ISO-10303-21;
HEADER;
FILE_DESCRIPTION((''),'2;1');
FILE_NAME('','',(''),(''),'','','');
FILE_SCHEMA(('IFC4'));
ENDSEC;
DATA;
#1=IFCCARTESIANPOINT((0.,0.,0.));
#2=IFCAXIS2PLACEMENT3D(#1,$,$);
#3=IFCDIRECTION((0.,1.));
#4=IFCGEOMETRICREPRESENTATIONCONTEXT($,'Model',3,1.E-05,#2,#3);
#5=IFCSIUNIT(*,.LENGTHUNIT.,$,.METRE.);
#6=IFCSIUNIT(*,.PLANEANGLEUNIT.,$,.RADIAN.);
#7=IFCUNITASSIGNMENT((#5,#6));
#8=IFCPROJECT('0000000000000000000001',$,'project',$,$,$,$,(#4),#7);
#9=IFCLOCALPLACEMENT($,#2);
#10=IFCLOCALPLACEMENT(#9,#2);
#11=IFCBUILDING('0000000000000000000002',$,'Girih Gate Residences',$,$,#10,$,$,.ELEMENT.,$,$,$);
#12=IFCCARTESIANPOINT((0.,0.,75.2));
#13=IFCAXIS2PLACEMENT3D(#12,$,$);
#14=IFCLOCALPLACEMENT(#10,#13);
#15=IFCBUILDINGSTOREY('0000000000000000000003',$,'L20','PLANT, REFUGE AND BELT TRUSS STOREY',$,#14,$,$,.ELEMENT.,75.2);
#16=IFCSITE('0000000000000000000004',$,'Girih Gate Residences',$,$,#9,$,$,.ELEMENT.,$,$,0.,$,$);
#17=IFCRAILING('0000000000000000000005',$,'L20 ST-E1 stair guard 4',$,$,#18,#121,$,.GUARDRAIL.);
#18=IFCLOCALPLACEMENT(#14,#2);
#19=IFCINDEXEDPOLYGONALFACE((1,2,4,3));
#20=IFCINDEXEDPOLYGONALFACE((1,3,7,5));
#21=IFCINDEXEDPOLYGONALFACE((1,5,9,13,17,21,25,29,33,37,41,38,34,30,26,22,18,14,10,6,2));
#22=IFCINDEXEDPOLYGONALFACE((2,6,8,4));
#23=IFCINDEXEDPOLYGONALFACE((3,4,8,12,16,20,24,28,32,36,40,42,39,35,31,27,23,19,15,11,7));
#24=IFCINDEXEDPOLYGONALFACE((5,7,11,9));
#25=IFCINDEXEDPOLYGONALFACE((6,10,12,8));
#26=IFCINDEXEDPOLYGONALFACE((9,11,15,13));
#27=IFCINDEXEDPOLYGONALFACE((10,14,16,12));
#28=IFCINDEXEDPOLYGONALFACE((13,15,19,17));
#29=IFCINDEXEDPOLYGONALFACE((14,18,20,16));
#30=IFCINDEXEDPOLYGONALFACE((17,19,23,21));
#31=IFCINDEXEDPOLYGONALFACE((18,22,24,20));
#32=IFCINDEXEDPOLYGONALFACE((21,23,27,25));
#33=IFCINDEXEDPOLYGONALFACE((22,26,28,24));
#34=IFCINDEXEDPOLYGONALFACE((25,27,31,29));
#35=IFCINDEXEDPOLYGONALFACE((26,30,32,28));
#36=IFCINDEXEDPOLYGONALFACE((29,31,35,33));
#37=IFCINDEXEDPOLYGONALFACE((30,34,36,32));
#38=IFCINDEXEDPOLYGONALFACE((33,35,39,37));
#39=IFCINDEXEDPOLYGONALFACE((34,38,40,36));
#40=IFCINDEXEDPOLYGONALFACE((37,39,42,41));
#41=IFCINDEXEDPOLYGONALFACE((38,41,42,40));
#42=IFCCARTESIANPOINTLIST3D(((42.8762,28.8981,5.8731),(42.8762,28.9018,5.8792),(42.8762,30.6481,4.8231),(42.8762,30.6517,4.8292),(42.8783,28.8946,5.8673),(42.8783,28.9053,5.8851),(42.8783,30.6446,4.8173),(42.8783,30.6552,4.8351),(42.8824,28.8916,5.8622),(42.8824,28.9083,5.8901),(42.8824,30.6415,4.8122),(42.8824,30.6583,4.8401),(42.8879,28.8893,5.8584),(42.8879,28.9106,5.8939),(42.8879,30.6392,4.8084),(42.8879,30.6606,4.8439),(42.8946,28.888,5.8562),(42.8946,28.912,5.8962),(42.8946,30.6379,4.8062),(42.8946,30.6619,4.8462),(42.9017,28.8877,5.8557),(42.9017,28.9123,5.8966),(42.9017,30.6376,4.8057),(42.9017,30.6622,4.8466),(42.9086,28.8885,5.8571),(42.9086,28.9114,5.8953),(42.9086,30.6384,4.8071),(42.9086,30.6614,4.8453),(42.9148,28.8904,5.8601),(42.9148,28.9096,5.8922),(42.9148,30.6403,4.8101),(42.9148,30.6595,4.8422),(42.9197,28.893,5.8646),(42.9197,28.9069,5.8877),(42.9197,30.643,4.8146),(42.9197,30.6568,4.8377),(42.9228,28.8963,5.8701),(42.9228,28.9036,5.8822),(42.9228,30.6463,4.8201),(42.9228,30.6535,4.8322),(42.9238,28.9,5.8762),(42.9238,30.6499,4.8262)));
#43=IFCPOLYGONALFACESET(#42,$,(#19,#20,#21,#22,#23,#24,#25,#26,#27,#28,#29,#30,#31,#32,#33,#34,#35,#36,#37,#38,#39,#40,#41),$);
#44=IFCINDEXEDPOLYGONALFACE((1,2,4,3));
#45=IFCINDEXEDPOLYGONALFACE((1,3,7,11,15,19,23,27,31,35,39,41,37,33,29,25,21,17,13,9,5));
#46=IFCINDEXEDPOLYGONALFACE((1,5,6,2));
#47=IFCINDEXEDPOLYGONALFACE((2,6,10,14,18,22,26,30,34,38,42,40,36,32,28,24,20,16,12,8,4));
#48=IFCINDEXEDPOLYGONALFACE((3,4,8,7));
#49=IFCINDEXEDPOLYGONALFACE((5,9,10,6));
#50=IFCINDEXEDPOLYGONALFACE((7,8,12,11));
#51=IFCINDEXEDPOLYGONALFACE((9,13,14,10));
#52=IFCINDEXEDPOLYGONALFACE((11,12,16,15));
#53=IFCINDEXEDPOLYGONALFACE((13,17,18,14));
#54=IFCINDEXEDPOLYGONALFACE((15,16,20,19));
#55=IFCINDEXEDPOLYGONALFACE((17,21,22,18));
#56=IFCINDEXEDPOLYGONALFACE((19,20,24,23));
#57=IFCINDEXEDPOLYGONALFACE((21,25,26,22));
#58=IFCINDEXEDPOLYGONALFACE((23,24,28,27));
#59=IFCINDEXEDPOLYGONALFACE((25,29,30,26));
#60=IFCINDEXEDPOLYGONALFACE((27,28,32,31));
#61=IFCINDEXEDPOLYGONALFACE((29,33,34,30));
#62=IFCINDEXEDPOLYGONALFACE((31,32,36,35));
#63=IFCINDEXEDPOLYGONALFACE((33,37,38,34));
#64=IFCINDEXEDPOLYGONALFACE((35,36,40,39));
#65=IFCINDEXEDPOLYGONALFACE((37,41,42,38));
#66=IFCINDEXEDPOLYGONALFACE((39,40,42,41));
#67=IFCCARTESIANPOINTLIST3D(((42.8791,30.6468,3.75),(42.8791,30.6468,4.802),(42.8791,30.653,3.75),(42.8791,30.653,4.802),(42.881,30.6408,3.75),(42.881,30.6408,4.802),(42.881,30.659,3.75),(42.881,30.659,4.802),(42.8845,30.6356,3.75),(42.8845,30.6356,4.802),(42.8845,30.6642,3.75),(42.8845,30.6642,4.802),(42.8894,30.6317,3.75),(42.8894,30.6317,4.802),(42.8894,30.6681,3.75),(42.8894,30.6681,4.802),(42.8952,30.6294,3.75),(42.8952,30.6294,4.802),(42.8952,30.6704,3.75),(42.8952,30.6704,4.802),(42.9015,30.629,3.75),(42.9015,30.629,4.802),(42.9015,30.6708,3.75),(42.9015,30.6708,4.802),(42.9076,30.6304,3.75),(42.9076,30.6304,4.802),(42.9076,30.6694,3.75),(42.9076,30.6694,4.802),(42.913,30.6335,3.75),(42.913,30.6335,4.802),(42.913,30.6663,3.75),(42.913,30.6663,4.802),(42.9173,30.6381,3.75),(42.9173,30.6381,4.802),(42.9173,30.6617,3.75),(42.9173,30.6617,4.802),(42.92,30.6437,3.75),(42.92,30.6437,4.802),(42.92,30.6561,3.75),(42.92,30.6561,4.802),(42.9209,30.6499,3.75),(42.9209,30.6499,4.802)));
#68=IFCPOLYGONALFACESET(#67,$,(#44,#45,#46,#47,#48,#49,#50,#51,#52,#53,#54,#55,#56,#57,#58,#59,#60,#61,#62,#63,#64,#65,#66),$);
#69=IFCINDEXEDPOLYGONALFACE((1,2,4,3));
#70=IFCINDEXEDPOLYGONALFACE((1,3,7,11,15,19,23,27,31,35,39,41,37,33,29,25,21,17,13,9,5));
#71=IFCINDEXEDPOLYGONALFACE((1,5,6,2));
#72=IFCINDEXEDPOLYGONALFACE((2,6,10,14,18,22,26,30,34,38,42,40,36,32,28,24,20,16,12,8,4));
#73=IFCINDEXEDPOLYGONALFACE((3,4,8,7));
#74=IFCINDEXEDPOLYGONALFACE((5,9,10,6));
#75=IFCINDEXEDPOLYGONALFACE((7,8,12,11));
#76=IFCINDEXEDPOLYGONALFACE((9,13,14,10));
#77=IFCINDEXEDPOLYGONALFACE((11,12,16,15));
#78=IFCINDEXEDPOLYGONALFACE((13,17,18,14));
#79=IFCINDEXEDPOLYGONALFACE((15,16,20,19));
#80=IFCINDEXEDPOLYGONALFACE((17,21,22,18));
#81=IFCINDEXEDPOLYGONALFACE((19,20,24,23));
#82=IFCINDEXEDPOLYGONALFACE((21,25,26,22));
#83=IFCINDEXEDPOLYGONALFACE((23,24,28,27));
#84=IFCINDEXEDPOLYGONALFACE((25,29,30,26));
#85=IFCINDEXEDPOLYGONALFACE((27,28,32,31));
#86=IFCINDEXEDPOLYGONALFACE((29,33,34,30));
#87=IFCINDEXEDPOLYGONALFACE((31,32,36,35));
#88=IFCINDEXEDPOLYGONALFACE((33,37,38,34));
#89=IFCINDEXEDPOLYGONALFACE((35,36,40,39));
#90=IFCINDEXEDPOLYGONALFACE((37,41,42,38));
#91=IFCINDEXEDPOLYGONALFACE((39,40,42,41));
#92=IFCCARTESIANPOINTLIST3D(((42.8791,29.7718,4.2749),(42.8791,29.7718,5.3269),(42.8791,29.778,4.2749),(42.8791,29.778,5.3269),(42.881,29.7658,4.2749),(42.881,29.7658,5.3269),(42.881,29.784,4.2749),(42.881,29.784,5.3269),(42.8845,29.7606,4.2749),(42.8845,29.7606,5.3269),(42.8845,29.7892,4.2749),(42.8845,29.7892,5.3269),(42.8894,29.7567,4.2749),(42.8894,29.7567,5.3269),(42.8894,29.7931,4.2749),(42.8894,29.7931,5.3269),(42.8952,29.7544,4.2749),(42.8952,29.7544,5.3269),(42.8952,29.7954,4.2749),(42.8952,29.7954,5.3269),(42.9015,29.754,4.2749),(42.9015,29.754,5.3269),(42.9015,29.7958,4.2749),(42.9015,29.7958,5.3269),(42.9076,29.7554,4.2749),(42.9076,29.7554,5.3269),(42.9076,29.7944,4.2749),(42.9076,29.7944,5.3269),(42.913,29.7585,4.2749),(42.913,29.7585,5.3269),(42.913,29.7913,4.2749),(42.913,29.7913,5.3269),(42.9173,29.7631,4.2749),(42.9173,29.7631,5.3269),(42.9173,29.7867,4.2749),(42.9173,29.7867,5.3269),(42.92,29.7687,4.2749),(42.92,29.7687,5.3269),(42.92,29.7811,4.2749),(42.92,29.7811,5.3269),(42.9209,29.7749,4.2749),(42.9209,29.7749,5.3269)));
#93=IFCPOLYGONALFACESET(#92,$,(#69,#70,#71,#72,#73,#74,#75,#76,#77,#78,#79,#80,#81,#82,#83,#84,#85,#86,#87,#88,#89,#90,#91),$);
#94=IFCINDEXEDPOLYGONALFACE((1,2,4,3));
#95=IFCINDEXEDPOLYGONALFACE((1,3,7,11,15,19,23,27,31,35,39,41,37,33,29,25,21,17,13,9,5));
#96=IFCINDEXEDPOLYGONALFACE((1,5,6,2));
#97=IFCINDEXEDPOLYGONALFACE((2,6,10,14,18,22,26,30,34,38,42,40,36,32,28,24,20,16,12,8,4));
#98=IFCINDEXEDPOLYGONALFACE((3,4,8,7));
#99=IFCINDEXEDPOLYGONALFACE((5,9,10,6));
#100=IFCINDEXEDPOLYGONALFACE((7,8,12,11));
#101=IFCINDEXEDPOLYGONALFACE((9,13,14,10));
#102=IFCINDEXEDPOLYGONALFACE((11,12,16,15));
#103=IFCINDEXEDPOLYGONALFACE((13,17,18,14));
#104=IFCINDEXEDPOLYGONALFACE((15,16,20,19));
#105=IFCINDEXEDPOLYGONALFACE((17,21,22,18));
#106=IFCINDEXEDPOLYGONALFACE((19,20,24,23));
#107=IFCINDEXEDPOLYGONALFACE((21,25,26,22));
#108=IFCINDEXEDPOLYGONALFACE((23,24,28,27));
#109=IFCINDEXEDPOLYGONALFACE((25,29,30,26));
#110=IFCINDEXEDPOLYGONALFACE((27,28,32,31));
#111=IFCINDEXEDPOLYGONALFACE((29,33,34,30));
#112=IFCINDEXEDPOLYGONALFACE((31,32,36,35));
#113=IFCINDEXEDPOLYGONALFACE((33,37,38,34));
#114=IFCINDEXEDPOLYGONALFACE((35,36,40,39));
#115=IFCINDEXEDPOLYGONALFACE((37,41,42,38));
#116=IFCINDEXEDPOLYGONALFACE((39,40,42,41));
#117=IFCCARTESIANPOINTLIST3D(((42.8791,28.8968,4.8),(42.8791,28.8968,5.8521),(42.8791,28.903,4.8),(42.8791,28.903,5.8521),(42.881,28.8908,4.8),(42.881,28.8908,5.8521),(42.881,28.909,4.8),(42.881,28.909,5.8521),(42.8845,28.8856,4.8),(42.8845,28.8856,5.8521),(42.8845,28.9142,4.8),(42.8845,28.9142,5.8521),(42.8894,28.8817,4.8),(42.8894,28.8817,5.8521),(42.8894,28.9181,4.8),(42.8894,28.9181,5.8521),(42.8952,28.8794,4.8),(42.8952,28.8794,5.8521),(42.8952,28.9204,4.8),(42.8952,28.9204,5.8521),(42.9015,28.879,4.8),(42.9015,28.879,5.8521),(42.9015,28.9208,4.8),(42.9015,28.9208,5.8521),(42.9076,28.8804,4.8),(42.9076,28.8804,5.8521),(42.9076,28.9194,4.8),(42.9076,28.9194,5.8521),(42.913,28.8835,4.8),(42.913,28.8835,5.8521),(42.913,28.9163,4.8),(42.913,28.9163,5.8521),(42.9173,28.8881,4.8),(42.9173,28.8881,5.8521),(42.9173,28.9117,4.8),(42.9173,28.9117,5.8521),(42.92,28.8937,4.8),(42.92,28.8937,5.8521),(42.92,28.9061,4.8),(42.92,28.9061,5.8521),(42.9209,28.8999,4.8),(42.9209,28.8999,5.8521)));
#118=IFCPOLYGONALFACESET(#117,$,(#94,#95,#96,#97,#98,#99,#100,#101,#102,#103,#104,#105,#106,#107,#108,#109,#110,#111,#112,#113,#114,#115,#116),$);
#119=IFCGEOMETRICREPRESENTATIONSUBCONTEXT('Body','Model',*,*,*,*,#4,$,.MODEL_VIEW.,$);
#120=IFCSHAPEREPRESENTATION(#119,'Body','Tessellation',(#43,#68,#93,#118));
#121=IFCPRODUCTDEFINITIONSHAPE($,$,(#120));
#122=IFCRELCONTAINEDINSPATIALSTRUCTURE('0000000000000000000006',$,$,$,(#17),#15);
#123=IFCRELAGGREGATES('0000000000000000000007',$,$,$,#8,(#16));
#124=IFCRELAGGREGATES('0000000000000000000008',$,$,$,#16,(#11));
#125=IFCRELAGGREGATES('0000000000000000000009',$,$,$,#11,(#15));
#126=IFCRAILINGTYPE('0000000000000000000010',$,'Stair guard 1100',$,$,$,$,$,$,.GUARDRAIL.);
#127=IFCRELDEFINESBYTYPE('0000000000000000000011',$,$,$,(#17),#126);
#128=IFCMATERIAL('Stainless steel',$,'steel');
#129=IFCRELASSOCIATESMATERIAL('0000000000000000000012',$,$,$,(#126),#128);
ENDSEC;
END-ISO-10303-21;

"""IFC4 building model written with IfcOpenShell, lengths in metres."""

from ifc_helpers import new_model, si_unit, direction, frame, origin, origin_2d, place, context, subcontext, project, spatial, circle, extrude, material, type_object, element, save


model = new_model("IFC4")

# Units and contexts
model_context = context("Model", 3, precision=1e-05, world=origin(), true_north=direction((0.0, 1.0)))
body_context = subcontext(model_context, "Body", "Model", "MODEL_VIEW")
ifc_project = project(units=[si_unit("LENGTHUNIT", "METRE"), si_unit("PLANEANGLEUNIT", "RADIAN")], contexts=[model_context])

# Site, building, storey
site_placement = place(None, origin())
site = spatial("IfcSite", under=ifc_project, at=site_placement, Name="Girih Gate Residences", CompositionType="ELEMENT", RefElevation=0.0)
building_placement = place(site_placement, origin())
building = spatial("IfcBuilding", under=site, at=building_placement, Name="Girih Gate Residences", CompositionType="ELEMENT")
storey_placement = place(building_placement, frame((0.0, 0.0, 75.2)))
storey = spatial("IfcBuildingStorey", under=building, at=storey_placement, Name="L20", Description="PLANT, REFUGE AND BELT TRUSS STOREY", CompositionType="ELEMENT", Elevation=75.2)

# Railing
ifc_material_1 = material(Name="Stainless steel", Category="steel")
railing_type_1 = type_object("IfcRailingType", Name="Stair guard 1100", PredefinedType="GUARDRAIL", material=ifc_material_1)
railing_1_placement = place(storey_placement, frame((42.8999, 30.6499, 3.75)))
element("IfcRailing", 1, at=railing_1_placement, inside=storey, type_object=railing_type_1, Name="L20 ST-E1 stair guard 4", PredefinedType="GUARDRAIL", context=body_context, shape_type="SweptSolid", body=[
    extrude(circle(Radius=0.0239, at=origin_2d()), frame((0.0, 0.0, 1.0762), z_axis=(0.0, -0.857482, 0.514513), x_axis=(1.0, 0.0, 0.0)), (0.0, 0.0, 1.0), 2.0408),
    extrude(circle(Radius=0.021, at=origin_2d()), origin(), (0.0, 0.0, 1.0), 1.052),
    extrude(circle(Radius=0.021, at=origin_2d()), frame((0.0, -0.875, 0.5249)), (0.0, 0.0, 1.0), 1.052),
    extrude(circle(Radius=0.021, at=origin_2d()), frame((0.0, -1.75, 1.05)), (0.0, 0.0, 1.0), 1.052),
])

save(model, "model.ifc")
